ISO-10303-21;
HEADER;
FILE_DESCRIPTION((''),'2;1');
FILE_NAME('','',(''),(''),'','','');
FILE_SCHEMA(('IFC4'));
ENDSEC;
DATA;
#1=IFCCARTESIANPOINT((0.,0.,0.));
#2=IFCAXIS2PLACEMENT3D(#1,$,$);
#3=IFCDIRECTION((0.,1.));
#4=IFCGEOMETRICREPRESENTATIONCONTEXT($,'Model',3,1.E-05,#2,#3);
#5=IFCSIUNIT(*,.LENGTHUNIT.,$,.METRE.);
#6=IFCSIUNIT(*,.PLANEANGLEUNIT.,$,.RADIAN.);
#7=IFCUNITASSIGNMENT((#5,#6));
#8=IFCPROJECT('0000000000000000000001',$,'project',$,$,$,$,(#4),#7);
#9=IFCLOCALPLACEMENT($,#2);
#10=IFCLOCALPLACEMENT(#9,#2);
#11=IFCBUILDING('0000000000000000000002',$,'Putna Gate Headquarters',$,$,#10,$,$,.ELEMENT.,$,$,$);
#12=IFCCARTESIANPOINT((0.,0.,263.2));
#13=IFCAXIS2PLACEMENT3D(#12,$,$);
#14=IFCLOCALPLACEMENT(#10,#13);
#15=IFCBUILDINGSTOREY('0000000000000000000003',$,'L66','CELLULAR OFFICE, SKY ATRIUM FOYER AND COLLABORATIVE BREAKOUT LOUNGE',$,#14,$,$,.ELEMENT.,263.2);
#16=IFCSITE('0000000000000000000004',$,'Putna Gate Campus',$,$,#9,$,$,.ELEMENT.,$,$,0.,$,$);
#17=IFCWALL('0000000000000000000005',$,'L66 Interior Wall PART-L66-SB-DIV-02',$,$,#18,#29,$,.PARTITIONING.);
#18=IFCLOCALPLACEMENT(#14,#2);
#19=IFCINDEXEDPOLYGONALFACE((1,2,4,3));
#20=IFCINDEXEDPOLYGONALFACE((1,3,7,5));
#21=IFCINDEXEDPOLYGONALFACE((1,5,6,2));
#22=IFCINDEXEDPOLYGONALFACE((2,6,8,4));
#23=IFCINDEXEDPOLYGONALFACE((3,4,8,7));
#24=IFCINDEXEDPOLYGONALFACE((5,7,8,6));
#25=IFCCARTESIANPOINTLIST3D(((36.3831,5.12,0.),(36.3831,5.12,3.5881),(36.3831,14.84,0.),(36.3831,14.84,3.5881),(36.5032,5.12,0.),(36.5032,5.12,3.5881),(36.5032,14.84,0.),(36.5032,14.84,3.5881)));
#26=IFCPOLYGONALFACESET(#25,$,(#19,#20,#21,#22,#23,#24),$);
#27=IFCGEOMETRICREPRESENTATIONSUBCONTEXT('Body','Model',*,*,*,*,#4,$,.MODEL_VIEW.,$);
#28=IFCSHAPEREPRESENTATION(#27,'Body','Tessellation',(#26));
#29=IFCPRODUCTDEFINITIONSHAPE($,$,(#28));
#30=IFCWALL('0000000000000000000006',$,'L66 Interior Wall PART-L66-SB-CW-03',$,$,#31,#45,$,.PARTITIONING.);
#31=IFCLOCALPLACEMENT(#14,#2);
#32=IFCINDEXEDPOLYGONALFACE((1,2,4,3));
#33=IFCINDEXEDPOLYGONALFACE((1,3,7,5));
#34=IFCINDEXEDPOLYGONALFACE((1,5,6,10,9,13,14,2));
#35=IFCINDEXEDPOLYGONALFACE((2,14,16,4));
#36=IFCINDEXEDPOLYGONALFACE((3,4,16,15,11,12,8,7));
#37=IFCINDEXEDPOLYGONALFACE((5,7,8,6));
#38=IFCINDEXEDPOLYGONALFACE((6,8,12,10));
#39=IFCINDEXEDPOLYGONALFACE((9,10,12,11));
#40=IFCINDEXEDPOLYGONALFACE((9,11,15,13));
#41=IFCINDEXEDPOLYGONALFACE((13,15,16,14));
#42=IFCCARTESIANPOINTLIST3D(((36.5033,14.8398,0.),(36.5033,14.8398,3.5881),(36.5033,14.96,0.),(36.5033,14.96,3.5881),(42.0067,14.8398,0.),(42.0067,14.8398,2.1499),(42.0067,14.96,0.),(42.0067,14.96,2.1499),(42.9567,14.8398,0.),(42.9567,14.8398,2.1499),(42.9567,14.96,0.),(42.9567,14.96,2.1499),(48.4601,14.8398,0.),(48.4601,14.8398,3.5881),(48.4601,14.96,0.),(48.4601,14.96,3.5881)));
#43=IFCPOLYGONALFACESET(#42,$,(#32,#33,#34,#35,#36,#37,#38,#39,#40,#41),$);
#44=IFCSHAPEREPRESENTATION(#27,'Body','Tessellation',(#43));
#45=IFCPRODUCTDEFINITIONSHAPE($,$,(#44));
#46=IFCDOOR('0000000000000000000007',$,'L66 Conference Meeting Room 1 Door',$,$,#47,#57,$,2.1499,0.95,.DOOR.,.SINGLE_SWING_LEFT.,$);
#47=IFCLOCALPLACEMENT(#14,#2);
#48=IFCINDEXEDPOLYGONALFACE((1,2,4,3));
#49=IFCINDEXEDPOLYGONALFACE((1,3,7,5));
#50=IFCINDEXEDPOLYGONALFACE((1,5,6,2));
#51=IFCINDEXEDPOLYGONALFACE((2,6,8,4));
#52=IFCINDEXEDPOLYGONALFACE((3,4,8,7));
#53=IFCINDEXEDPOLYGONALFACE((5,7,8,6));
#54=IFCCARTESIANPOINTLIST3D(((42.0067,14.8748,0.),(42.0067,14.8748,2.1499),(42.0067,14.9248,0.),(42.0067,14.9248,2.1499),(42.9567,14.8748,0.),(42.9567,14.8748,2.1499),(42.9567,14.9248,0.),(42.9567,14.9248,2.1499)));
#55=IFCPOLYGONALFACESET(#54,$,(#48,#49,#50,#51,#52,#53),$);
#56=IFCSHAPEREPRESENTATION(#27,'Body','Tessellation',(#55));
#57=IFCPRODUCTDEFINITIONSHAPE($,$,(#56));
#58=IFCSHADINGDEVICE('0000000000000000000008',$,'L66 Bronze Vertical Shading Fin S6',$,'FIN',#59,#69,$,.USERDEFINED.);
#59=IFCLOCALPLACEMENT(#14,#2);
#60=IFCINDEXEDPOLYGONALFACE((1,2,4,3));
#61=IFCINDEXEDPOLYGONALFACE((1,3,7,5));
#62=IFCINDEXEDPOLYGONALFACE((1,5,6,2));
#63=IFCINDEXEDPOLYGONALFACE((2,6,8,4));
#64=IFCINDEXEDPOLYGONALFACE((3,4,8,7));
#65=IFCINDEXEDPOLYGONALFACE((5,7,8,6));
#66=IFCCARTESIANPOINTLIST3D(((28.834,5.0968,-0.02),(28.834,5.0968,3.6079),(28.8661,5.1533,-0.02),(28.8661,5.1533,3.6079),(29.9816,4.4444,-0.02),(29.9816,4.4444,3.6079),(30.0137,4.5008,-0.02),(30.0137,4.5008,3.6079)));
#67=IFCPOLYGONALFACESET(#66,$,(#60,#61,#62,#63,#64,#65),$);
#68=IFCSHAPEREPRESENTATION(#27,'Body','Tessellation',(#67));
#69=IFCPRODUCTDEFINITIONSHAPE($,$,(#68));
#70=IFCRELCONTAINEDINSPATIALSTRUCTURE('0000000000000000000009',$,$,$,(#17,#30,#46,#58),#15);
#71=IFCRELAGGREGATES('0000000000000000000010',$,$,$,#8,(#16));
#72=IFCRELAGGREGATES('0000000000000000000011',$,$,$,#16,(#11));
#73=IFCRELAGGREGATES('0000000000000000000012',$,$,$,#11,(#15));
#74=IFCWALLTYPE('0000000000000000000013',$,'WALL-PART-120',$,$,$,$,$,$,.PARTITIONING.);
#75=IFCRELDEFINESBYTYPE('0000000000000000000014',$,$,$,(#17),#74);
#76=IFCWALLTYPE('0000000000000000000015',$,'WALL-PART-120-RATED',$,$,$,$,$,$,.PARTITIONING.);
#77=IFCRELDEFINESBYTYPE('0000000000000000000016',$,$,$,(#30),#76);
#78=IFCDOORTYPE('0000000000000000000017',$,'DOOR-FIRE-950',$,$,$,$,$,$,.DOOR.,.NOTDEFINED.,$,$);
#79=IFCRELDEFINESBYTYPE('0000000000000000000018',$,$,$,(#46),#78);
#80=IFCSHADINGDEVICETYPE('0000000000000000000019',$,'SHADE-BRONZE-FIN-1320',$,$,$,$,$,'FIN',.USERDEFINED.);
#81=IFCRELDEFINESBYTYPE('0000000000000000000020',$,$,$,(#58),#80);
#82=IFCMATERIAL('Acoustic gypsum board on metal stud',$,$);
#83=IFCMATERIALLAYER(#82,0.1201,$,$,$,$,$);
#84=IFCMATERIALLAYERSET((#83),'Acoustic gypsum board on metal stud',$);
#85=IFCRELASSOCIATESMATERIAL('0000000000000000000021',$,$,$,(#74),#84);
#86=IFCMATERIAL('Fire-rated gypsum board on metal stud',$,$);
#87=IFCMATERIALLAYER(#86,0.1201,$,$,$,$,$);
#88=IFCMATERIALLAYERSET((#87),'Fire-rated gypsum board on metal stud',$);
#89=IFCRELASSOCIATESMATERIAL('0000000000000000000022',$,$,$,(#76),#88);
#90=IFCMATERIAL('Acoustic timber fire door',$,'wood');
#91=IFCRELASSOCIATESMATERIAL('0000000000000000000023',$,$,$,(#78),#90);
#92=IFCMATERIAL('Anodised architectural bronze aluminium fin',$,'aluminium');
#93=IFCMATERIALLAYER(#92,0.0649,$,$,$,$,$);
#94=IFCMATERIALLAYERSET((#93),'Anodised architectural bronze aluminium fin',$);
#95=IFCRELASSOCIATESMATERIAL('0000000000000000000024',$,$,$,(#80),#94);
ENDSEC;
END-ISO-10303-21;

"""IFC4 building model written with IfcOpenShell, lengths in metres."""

from ifc_helpers import new_model, si_unit, direction, frame, frame_2d, origin, origin_2d, place, context, subcontext, project, spatial, rectangle, extrude, material, layer, layer_set, type_object, element, fill, save


model = new_model("IFC4")

# Units and contexts
model_context = context("Model", 3, precision=1e-05, world=origin(), true_north=direction((0.0, 1.0)))
body_context = subcontext(model_context, "Body", "Model", "MODEL_VIEW")
ifc_project = project(units=[si_unit("LENGTHUNIT", "METRE"), si_unit("PLANEANGLEUNIT", "RADIAN")], contexts=[model_context])

# Site, building, storey
site_placement = place(None, origin())
site = spatial("IfcSite", under=ifc_project, at=site_placement, Name="Putna Gate Campus", CompositionType="ELEMENT", RefElevation=0.0)
building_placement = place(site_placement, origin())
building = spatial("IfcBuilding", under=site, at=building_placement, Name="Putna Gate Headquarters", CompositionType="ELEMENT")
storey_placement = place(building_placement, frame((0.0, 0.0, 263.2)))
storey = spatial("IfcBuildingStorey", under=building, at=storey_placement, Name="L66", Description="CELLULAR OFFICE, SKY ATRIUM FOYER AND COLLABORATIVE BREAKOUT LOUNGE", CompositionType="ELEMENT", Elevation=263.2)

# Wall
ifc_material_1 = material(Name="Acoustic gypsum board on metal stud")
ifc_layer_1 = layer(ifc_material_1, 0.1201)
ifc_layer_set_1 = layer_set([ifc_layer_1], Name="Acoustic gypsum board on metal stud")
wall_type_1 = type_object("IfcWallType", Name="WALL-PART-120", PredefinedType="PARTITIONING", material=ifc_layer_set_1)
wall_1_placement = place(storey_placement, frame((36.4431, 5.1201, 0.0), z_axis=(0.0, 0.0, 1.0), x_axis=(0.0, 1.0, 0.0)))
element("IfcWall", 1, at=wall_1_placement, inside=storey, type_object=wall_type_1, Name="L66 Interior Wall PART-L66-SB-DIV-02", PredefinedType="PARTITIONING", context=body_context, shape_type="SweptSolid", body=[
    extrude(rectangle(XDim=9.72, YDim=0.1201, at=frame_2d((4.8599, 0.0))), origin(), (0.0, 0.0, 1.0), 3.5881),
])

# Wall, opening, door
ifc_material_2 = material(Name="Fire-rated gypsum board on metal stud")
ifc_layer_2 = layer(ifc_material_2, 0.1201)
ifc_layer_set_2 = layer_set([ifc_layer_2], Name="Fire-rated gypsum board on metal stud")
wall_type_2 = type_object("IfcWallType", Name="WALL-PART-120-RATED", PredefinedType="PARTITIONING", material=ifc_layer_set_2)
wall_2_placement = place(storey_placement, frame((36.5032, 14.8999, 0.0), z_axis=(0.0, 0.0, 1.0), x_axis=(1.0, 0.0, 0.0)))
wall_2 = element("IfcWall", 2, at=wall_2_placement, inside=storey, type_object=wall_type_2, Name="L66 Interior Wall PART-L66-SB-CW-03", PredefinedType="PARTITIONING", context=body_context, shape_type="SweptSolid", body=[
    extrude(rectangle(XDim=11.9568, YDim=0.1201, at=frame_2d((5.9785, 0.0))), origin(), (0.0, 0.0, 1.0), 3.5881),
])
opening_placement = place(wall_2_placement, frame((5.5034, 0.0, 0.0)))
opening = element("IfcOpeningElement", 3, at=opening_placement, cuts=wall_2, PredefinedType="OPENING", context=body_context, shape_type="SweptSolid", body=[
    extrude(rectangle(XDim=0.95, YDim=2.1499, at=frame_2d((0.4751, 1.075))), frame((0.0, 0.0701, 0.0), z_axis=(0.0, -1.0, 0.0), x_axis=(1.0, 0.0, 0.0)), (0.0, 0.0, 1.0), 0.1401),
])
ifc_material_3 = material(Name="Acoustic timber fire door", Category="wood")
door_type = type_object("IfcDoorType", Name="DOOR-FIRE-950", OperationType="NOTDEFINED", PredefinedType="DOOR", material=ifc_material_3)
door_placement = place(opening_placement, origin())
door = element("IfcDoor", 4, at=door_placement, inside=storey, type_object=door_type, Name="L66 Conference Meeting Room 1 Door", OperationType="SINGLE_SWING_LEFT", OverallHeight=2.1499, OverallWidth=0.95, PredefinedType="DOOR", context=body_context, shape_type="SweptSolid", body=[
    extrude(rectangle(XDim=0.95, YDim=2.1499, at=frame_2d((0.4751, 1.075))), frame((0.0, 0.0249, 0.0), z_axis=(0.0, -1.0, 0.0), x_axis=(1.0, 0.0, 0.0)), (0.0, 0.0, 1.0), 0.05),
])
fill(opening, door)

# Shading device
ifc_material_4 = material(Name="Anodised architectural bronze aluminium fin", Category="aluminium")
ifc_layer_3 = layer(ifc_material_4, 0.0649)
ifc_layer_set_3 = layer_set([ifc_layer_3], Name="Anodised architectural bronze aluminium fin")
shading_device_type = type_object("IfcShadingDeviceType", Name="SHADE-BRONZE-FIN-1320", ElementType="FIN", PredefinedType="USERDEFINED", material=ifc_layer_set_3)
shading_device_placement = place(storey_placement, frame((29.4238, 4.7988, -0.02), z_axis=(0.0, 0.0, 1.0), x_axis=(0.869322, -0.494245, 0.0)))
element("IfcShadingDevice", 5, at=shading_device_placement, inside=storey, type_object=shading_device_type, Name="L66 Bronze Vertical Shading Fin S6", ObjectType="FIN", PredefinedType="USERDEFINED", context=body_context, shape_type="SweptSolid", body=[
    extrude(rectangle(XDim=1.3201, YDim=0.0649, at=origin_2d()), origin(), (0.0, 0.0, 1.0), 3.6279),
])

save(model, "model.ifc")
